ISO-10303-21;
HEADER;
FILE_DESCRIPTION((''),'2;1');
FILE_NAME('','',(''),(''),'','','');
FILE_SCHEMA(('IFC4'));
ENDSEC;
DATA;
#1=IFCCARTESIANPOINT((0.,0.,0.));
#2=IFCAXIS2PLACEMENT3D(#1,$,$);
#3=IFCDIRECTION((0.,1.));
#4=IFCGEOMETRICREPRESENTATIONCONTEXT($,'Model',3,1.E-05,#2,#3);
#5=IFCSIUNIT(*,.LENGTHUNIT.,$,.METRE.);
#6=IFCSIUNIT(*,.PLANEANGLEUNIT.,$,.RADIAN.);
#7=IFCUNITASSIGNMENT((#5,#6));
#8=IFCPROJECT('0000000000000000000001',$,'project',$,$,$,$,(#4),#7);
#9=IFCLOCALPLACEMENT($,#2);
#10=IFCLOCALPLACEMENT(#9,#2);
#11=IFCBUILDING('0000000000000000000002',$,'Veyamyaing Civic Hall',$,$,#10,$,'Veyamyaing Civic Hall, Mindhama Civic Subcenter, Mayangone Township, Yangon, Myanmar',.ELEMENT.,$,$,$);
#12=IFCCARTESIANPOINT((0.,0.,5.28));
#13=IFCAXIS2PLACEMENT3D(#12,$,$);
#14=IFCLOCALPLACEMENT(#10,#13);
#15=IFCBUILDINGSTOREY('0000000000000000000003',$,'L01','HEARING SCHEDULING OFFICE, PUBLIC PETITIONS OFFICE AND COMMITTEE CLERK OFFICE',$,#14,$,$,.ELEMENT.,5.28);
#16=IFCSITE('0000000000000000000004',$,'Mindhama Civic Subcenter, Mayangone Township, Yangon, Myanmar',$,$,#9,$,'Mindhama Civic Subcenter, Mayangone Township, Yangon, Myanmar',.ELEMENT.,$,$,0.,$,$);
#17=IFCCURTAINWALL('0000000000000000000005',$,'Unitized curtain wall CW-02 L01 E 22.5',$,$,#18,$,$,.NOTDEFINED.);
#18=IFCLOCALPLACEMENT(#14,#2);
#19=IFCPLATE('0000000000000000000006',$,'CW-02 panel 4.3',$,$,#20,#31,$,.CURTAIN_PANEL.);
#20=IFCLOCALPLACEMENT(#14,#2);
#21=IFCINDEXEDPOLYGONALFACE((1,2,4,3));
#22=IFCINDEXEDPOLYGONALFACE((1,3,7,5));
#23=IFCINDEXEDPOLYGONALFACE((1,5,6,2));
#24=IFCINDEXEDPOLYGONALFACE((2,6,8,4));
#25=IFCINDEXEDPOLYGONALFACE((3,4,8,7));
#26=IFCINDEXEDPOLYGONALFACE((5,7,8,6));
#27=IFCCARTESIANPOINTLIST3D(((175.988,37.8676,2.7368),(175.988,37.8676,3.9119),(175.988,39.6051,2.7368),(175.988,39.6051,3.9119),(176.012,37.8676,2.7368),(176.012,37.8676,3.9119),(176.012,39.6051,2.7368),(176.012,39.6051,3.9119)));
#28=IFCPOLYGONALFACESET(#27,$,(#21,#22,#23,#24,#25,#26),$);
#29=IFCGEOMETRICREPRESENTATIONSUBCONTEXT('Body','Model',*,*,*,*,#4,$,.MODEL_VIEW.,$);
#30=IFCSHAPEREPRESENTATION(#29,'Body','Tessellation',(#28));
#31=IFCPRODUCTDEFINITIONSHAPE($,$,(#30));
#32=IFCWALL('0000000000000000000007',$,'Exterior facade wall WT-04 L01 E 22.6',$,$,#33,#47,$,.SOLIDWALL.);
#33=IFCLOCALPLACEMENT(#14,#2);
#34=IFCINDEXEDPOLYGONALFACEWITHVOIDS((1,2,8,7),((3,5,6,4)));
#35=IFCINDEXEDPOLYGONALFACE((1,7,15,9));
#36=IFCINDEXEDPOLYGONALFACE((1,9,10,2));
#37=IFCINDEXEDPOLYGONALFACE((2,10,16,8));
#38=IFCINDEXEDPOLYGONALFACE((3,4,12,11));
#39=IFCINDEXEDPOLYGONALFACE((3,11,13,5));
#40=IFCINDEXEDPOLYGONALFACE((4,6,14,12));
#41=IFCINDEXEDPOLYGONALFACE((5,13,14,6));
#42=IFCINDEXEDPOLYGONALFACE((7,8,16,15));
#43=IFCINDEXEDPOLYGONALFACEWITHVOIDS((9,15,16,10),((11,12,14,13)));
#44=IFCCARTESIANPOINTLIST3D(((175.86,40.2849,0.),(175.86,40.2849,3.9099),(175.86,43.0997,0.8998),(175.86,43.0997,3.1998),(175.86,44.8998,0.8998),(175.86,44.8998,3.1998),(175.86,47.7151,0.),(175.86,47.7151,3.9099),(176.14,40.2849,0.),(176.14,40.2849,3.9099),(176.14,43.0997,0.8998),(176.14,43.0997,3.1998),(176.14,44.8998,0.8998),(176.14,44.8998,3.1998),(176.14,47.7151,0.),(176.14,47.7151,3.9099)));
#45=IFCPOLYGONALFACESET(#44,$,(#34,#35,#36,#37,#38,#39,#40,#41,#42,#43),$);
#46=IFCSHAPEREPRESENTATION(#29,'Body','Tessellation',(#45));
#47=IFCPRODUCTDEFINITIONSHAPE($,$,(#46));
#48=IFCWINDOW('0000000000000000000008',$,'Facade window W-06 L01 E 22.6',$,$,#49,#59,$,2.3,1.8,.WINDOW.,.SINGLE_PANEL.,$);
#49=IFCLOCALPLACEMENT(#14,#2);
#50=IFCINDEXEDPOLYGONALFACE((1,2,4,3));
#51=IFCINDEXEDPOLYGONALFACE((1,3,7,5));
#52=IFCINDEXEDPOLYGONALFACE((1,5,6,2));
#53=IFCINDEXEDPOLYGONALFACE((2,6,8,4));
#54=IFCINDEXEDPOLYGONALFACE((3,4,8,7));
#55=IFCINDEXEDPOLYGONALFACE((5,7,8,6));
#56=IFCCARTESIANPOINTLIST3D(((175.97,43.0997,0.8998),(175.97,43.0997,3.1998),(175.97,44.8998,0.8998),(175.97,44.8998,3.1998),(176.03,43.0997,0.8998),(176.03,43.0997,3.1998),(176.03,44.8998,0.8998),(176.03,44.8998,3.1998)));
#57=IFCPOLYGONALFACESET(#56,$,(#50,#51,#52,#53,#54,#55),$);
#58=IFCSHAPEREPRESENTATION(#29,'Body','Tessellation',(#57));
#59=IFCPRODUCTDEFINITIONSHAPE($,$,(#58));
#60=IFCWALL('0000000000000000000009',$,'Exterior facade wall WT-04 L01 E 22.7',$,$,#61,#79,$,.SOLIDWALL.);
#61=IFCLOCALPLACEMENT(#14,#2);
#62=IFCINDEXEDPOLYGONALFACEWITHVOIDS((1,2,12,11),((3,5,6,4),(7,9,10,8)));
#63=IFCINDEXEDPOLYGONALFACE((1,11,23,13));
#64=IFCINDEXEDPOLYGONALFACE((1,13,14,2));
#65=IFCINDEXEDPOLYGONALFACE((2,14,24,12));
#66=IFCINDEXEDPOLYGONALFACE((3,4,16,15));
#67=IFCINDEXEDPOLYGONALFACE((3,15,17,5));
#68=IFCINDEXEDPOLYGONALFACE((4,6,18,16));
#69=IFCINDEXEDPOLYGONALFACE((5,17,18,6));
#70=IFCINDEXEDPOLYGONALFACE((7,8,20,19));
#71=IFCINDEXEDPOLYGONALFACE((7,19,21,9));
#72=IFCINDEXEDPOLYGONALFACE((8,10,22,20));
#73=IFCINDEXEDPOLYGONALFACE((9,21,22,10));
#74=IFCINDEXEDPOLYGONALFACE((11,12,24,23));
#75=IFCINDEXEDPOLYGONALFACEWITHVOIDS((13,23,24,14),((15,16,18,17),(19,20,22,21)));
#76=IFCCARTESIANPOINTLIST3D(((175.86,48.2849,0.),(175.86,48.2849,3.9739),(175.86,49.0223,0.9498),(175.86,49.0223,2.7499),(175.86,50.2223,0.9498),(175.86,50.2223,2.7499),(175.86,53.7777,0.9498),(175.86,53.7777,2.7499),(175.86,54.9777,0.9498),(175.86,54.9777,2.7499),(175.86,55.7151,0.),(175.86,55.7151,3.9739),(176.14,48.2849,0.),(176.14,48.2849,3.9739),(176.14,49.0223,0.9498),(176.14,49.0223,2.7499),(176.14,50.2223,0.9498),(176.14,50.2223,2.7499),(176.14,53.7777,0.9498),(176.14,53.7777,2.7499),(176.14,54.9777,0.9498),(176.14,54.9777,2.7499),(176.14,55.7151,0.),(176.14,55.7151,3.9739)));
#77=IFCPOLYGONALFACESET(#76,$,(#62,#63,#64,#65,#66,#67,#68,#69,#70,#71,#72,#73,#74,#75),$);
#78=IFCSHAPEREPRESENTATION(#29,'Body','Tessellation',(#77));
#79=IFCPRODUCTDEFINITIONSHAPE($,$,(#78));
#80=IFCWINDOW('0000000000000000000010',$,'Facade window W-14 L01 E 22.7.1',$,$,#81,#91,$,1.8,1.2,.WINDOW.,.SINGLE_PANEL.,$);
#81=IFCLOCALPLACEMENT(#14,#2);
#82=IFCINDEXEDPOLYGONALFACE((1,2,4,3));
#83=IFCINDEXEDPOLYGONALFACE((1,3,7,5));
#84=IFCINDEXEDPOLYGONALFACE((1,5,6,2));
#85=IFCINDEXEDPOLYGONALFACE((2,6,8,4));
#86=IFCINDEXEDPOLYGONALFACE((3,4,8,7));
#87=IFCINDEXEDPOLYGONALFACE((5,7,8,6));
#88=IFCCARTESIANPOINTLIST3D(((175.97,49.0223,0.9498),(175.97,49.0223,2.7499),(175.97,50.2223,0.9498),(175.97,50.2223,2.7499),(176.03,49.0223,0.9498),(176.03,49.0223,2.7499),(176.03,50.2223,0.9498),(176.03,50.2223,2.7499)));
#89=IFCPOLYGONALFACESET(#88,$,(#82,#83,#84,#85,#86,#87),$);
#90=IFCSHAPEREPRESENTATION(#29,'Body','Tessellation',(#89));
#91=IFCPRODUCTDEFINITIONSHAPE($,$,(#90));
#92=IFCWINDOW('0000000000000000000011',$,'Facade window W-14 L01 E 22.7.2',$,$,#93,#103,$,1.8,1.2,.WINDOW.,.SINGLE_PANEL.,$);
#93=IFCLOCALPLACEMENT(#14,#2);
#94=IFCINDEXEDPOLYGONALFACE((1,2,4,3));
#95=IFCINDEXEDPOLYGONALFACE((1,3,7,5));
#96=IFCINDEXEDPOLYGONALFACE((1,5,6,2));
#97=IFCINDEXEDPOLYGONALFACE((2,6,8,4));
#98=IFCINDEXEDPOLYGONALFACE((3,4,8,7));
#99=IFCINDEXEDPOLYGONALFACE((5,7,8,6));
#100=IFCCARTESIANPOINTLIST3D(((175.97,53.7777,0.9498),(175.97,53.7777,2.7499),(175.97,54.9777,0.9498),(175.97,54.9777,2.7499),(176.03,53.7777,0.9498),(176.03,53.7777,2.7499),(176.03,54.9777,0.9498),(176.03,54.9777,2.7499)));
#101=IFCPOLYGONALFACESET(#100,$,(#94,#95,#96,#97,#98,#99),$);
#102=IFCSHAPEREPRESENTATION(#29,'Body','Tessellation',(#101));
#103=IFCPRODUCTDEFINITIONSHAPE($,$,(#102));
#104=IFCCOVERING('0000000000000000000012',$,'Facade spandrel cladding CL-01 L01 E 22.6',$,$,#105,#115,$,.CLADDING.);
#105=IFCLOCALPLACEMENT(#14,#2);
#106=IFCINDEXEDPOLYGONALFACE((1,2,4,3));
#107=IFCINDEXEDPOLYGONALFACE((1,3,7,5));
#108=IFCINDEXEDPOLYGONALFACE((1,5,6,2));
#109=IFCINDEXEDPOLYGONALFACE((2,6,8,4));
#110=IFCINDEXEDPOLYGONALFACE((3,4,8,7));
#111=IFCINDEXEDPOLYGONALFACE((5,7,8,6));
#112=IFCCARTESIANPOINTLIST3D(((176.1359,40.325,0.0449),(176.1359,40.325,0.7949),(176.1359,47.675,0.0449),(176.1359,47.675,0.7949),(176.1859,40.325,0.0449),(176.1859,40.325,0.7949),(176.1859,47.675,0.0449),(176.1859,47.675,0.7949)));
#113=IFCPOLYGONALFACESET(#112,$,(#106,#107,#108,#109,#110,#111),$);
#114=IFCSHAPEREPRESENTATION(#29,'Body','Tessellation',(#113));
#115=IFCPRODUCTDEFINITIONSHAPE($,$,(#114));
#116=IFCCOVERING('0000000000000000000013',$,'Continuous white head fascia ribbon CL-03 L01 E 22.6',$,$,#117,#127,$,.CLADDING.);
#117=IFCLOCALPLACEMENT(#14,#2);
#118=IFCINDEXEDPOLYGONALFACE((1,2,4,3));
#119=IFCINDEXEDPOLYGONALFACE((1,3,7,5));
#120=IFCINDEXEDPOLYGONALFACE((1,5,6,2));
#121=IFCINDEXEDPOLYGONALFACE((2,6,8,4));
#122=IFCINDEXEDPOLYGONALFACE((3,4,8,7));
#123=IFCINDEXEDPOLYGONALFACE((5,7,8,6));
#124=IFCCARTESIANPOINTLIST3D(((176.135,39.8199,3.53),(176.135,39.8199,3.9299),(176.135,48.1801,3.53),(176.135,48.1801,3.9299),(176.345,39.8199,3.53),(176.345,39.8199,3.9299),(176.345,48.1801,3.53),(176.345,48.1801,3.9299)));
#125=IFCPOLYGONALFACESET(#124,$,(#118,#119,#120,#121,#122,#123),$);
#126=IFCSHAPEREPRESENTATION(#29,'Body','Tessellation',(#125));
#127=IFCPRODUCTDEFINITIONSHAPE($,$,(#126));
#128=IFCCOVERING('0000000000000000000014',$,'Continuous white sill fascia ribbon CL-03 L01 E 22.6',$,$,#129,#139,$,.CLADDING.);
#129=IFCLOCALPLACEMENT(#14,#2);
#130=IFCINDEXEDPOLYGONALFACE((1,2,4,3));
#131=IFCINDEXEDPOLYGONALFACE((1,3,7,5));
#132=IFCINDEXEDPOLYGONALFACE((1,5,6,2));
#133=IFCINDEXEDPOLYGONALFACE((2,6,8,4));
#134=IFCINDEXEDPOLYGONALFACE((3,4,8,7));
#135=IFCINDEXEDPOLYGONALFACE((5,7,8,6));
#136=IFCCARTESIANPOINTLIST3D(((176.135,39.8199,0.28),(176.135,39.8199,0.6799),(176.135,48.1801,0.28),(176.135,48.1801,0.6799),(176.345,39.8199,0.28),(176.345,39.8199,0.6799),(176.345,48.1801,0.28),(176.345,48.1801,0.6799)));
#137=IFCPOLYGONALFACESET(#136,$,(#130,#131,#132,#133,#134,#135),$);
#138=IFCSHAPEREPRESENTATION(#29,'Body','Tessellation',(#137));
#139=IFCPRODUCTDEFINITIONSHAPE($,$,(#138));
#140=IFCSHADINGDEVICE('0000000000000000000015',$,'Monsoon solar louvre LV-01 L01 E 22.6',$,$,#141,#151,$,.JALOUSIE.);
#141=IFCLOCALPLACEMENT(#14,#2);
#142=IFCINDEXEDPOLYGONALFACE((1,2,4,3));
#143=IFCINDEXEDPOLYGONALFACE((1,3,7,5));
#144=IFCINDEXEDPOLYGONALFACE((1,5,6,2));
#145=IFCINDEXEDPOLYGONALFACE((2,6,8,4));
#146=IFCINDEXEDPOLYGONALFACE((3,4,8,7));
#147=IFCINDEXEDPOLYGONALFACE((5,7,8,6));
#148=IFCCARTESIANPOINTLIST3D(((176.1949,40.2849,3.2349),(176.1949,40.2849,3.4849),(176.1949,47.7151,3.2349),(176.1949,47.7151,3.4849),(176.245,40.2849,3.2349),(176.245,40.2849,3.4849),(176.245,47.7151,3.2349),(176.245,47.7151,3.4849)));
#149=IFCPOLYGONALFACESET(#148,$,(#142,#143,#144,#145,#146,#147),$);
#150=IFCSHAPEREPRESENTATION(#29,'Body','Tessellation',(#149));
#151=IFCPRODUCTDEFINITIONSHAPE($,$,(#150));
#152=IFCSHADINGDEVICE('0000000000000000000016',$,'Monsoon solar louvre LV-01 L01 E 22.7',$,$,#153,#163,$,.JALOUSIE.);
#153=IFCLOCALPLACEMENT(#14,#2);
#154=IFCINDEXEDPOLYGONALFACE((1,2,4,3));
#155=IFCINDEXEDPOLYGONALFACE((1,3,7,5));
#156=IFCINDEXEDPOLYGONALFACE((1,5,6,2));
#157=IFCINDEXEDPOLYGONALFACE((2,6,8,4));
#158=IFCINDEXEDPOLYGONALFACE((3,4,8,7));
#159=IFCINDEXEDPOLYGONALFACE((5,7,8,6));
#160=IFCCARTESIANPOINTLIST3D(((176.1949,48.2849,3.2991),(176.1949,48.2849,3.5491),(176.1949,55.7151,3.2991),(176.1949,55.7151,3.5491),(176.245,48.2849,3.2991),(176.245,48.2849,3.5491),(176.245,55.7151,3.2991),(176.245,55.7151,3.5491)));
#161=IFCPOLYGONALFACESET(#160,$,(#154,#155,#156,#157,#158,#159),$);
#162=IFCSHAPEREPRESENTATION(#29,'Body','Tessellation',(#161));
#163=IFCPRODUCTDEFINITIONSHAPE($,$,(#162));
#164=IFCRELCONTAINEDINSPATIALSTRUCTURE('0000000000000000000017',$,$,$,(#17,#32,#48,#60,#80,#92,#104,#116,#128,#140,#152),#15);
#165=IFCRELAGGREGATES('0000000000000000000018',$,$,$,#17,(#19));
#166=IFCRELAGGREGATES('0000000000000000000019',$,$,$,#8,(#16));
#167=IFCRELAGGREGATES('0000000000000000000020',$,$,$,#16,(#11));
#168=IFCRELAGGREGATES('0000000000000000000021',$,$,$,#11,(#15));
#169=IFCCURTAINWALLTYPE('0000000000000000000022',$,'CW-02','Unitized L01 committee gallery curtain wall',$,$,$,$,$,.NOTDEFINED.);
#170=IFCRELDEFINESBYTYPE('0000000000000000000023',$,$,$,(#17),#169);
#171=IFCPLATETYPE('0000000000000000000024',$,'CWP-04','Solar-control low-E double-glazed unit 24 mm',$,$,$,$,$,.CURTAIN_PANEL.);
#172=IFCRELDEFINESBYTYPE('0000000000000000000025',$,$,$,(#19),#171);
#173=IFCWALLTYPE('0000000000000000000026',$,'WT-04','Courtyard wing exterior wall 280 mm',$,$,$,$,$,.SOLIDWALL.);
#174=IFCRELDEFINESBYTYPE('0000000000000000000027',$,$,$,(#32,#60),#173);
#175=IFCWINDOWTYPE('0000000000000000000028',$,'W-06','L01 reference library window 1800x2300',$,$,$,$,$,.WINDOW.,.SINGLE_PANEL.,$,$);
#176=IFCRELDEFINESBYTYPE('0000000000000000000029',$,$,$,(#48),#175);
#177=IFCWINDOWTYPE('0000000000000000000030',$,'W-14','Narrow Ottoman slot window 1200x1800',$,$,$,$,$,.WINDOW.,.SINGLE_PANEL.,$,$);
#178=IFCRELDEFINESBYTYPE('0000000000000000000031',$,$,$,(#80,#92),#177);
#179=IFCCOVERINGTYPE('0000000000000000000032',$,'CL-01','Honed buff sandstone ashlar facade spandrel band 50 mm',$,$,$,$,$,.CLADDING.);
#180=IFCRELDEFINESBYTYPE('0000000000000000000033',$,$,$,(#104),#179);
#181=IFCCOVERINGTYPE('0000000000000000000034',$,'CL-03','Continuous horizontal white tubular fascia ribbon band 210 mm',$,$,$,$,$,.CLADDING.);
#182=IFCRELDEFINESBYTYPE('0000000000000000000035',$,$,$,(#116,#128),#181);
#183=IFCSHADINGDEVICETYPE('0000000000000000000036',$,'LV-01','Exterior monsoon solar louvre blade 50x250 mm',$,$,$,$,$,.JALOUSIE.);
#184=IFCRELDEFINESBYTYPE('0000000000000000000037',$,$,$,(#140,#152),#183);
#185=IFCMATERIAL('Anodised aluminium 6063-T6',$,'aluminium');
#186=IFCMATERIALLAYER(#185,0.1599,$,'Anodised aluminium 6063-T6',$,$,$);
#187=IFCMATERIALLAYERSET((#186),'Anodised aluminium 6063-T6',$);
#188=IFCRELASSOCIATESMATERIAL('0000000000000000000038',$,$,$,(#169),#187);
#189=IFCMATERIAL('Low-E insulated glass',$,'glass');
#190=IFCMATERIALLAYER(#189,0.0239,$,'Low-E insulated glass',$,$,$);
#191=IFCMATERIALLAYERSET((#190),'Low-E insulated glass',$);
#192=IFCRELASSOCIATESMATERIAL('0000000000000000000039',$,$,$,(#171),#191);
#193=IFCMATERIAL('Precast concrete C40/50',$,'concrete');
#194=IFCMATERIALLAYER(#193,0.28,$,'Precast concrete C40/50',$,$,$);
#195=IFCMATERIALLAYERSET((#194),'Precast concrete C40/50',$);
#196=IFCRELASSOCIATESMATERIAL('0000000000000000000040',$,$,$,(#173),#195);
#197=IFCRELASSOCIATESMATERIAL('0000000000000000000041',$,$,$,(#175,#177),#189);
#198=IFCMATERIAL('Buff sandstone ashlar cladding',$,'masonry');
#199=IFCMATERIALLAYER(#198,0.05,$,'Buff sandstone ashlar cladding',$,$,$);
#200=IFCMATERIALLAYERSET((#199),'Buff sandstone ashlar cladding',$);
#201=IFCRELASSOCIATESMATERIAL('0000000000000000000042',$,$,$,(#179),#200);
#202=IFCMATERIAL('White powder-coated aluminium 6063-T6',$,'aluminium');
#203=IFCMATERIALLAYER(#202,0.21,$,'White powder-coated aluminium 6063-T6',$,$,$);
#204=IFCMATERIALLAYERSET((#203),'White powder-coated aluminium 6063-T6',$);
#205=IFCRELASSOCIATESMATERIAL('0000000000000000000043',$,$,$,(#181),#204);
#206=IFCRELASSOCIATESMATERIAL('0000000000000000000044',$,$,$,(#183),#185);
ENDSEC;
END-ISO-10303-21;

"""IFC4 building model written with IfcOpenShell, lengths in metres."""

from ifc_helpers import new_model, si_unit, direction, frame, frame_2d, origin, origin_2d, place, context, subcontext, project, spatial, rectangle, extrude, material, layer, layer_set, material_profile, profile_set, type_object, element, fill, aggregate, save


model = new_model("IFC4")

# Units and contexts
model_context = context("Model", 3, precision=1e-05, world=origin(), true_north=direction((0.0, 1.0)))
body_context = subcontext(model_context, "Body", "Model", "MODEL_VIEW")
ifc_project = project(units=[si_unit("LENGTHUNIT", "METRE"), si_unit("PLANEANGLEUNIT", "RADIAN")], contexts=[model_context])

# Site, building, storey
site_placement = place(None, origin())
site = spatial("IfcSite", under=ifc_project, at=site_placement, Name="Mindhama Civic Subcenter, Mayangone Township, Yangon, Myanmar", LongName="Mindhama Civic Subcenter, Mayangone Township, Yangon, Myanmar", CompositionType="ELEMENT", RefElevation=0.0)
building_placement = place(site_placement, origin())
building = spatial("IfcBuilding", under=site, at=building_placement, Name="Veyamyaing Civic Hall", LongName="Veyamyaing Civic Hall, Mindhama Civic Subcenter, Mayangone Township, Yangon, Myanmar", CompositionType="ELEMENT")
storey_placement = place(building_placement, frame((0.0, 0.0, 5.28)))
storey = spatial("IfcBuildingStorey", under=building, at=storey_placement, Name="L01", Description="HEARING SCHEDULING OFFICE, PUBLIC PETITIONS OFFICE AND COMMITTEE CLERK OFFICE", CompositionType="ELEMENT", Elevation=5.28)

# Curtain wall, plate
ifc_material_1 = material(Name="Anodised aluminium 6063-T6", Category="aluminium")
ifc_layer_1 = layer(ifc_material_1, 0.1599, Name="Anodised aluminium 6063-T6")
ifc_layer_set_1 = layer_set([ifc_layer_1], Name="Anodised aluminium 6063-T6")
curtain_wall_type = type_object("IfcCurtainWallType", Name="CW-02", Description="Unitized L01 committee gallery curtain wall", PredefinedType="NOTDEFINED", material=ifc_layer_set_1)
curtain_wall_placement = place(storey_placement, origin())
curtain_wall = element("IfcCurtainWall", 1, at=curtain_wall_placement, inside=storey, type_object=curtain_wall_type, Name="Unitized curtain wall CW-02 L01 E 22.5", PredefinedType="NOTDEFINED")
ifc_material_2 = material(Name="Low-E insulated glass", Category="glass")
ifc_layer_2 = layer(ifc_material_2, 0.0239, Name="Low-E insulated glass")
ifc_layer_set_2 = layer_set([ifc_layer_2], Name="Low-E insulated glass")
plate_type = type_object("IfcPlateType", Name="CWP-04", Description="Solar-control low-E double-glazed unit 24 mm", PredefinedType="CURTAIN_PANEL", material=ifc_layer_set_2)
plate_1_placement = place(storey_placement, frame((176.0, 38.7363, 2.7368), z_axis=(0.0, 0.0, 1.0), x_axis=(0.0, 1.0, 0.0)))
plate_1 = element("IfcPlate", 2, at=plate_1_placement, type_object=plate_type, Name="CW-02 panel 4.3", PredefinedType="CURTAIN_PANEL", context=body_context, shape_type="SweptSolid", body=[
    extrude(rectangle(XDim=1.7375, YDim=0.0239, at=origin_2d()), origin(), (0.0, 0.0, 1.0), 1.175),
])
aggregate(curtain_wall, [plate_1])

# Wall, opening, window
ifc_material_3 = material(Name="Precast concrete C40/50", Category="concrete")
ifc_layer_3 = layer(ifc_material_3, 0.28, Name="Precast concrete C40/50")
ifc_layer_set_3 = layer_set([ifc_layer_3], Name="Precast concrete C40/50")
wall_type = type_object("IfcWallType", Name="WT-04", Description="Courtyard wing exterior wall 280 mm", PredefinedType="SOLIDWALL", material=ifc_layer_set_3)
wall_1_placement = place(storey_placement, frame((176.0, 40.2849, 0.0), z_axis=(0.0, 0.0, 1.0), x_axis=(0.0, 1.0, 0.0)))
wall_1 = element("IfcWall", 3, at=wall_1_placement, inside=storey, type_object=wall_type, Name="Exterior facade wall WT-04 L01 E 22.6", PredefinedType="SOLIDWALL", context=body_context, shape_type="SweptSolid", body=[
    extrude(rectangle(XDim=7.4302, YDim=0.28, at=frame_2d((3.7151, 0.0))), origin(), (0.0, 0.0, 1.0), 3.9099),
])
opening_1_placement = place(wall_1_placement, frame((2.8149, 0.0, 0.8999)))
opening_1 = element("IfcOpeningElement", 4, at=opening_1_placement, cuts=wall_1, PredefinedType="OPENING", context=body_context, shape_type="SweptSolid", body=[
    extrude(rectangle(XDim=1.8, YDim=2.3, at=frame_2d((0.8999, 1.1499))), frame((0.0, 0.1499, 0.0), z_axis=(0.0, -1.0, 0.0), x_axis=(1.0, 0.0, 0.0)), (0.0, 0.0, 1.0), 0.3),
])
window_type_1 = type_object("IfcWindowType", Name="W-06", Description="L01 reference library window 1800x2300", PartitioningType="SINGLE_PANEL", PredefinedType="WINDOW", material=ifc_material_2)
window_1_placement = place(opening_1_placement, origin())
window_1 = element("IfcWindow", 5, at=window_1_placement, inside=storey, type_object=window_type_1, Name="Facade window W-06 L01 E 22.6", OverallHeight=2.3, OverallWidth=1.8, PartitioningType="SINGLE_PANEL", PredefinedType="WINDOW", context=body_context, shape_type="SweptSolid", body=[
    extrude(rectangle(XDim=1.8, YDim=2.3, at=frame_2d((0.8999, 1.1499))), frame((0.0, 0.03, 0.0), z_axis=(0.0, -1.0, 0.0), x_axis=(1.0, 0.0, 0.0)), (0.0, 0.0, 1.0), 0.0601),
])
fill(opening_1, window_1)

# Wall, openings, windows
wall_2_placement = place(storey_placement, frame((176.0, 48.2849, 0.0), z_axis=(0.0, 0.0, 1.0), x_axis=(0.0, 1.0, 0.0)))
wall_2 = element("IfcWall", 6, at=wall_2_placement, inside=storey, type_object=wall_type, Name="Exterior facade wall WT-04 L01 E 22.7", PredefinedType="SOLIDWALL", context=body_context, shape_type="SweptSolid", body=[
    extrude(rectangle(XDim=7.4302, YDim=0.28, at=frame_2d((3.7151, 0.0))), origin(), (0.0, 0.0, 1.0), 3.9739),
])
opening_2_placement = place(wall_2_placement, frame((0.7373, 0.0, 0.95)))
opening_2 = element("IfcOpeningElement", 7, at=opening_2_placement, cuts=wall_2, PredefinedType="OPENING", context=body_context, shape_type="SweptSolid", body=[
    extrude(rectangle(XDim=1.2, YDim=1.8, at=frame_2d((0.6001, 0.8999))), frame((0.0, 0.1499, 0.0), z_axis=(0.0, -1.0, 0.0), x_axis=(1.0, 0.0, 0.0)), (0.0, 0.0, 1.0), 0.3),
])
opening_3_placement = place(wall_2_placement, frame((5.4927, 0.0, 0.95)))
opening_3 = element("IfcOpeningElement", 8, at=opening_3_placement, cuts=wall_2, PredefinedType="OPENING", context=body_context, shape_type="SweptSolid", body=[
    extrude(rectangle(XDim=1.2, YDim=1.8, at=frame_2d((0.6001, 0.8999))), frame((0.0, 0.1499, 0.0), z_axis=(0.0, -1.0, 0.0), x_axis=(1.0, 0.0, 0.0)), (0.0, 0.0, 1.0), 0.3),
])
window_type_2 = type_object("IfcWindowType", Name="W-14", Description="Narrow Ottoman slot window 1200x1800", PartitioningType="SINGLE_PANEL", PredefinedType="WINDOW", material=ifc_material_2)
window_2_placement = place(opening_2_placement, origin())
window_2 = element("IfcWindow", 9, at=window_2_placement, inside=storey, type_object=window_type_2, Name="Facade window W-14 L01 E 22.7.1", OverallHeight=1.8, OverallWidth=1.2, PartitioningType="SINGLE_PANEL", PredefinedType="WINDOW", context=body_context, shape_type="SweptSolid", body=[
    extrude(rectangle(XDim=1.2, YDim=1.8, at=frame_2d((0.6001, 0.8999))), frame((0.0, 0.03, 0.0), z_axis=(0.0, -1.0, 0.0), x_axis=(1.0, 0.0, 0.0)), (0.0, 0.0, 1.0), 0.0601),
])
fill(opening_2, window_2)
window_3_placement = place(opening_3_placement, origin())
window_3 = element("IfcWindow", 10, at=window_3_placement, inside=storey, type_object=window_type_2, Name="Facade window W-14 L01 E 22.7.2", OverallHeight=1.8, OverallWidth=1.2, PartitioningType="SINGLE_PANEL", PredefinedType="WINDOW", context=body_context, shape_type="SweptSolid", body=[
    extrude(rectangle(XDim=1.2, YDim=1.8, at=frame_2d((0.6001, 0.8999))), frame((0.0, 0.03, 0.0), z_axis=(0.0, -1.0, 0.0), x_axis=(1.0, 0.0, 0.0)), (0.0, 0.0, 1.0), 0.0601),
])
fill(opening_3, window_3)

# Coverings
ifc_material_4 = material(Name="Buff sandstone ashlar cladding", Category="masonry")
ifc_layer_4 = layer(ifc_material_4, 0.05, Name="Buff sandstone ashlar cladding")
ifc_layer_set_4 = layer_set([ifc_layer_4], Name="Buff sandstone ashlar cladding")
covering_type_1 = type_object("IfcCoveringType", Name="CL-01", Description="Honed buff sandstone ashlar facade spandrel band 50 mm", PredefinedType="CLADDING", material=ifc_layer_set_4)
covering_placement = place(storey_placement, frame((176.1609, 44.0, 0.0449), z_axis=(0.0, 0.0, 1.0), x_axis=(0.0, 1.0, 0.0)))
element("IfcCovering", 11, at=covering_placement, inside=storey, type_object=covering_type_1, Name="Facade spandrel cladding CL-01 L01 E 22.6", PredefinedType="CLADDING", context=body_context, shape_type="SweptSolid", body=[
    extrude(rectangle(XDim=7.3501, YDim=0.05, at=origin_2d()), origin(), (0.0, 0.0, 1.0), 0.75),
])
ifc_material_5 = material(Name="White powder-coated aluminium 6063-T6", Category="aluminium")
ifc_layer_5 = layer(ifc_material_5, 0.21, Name="White powder-coated aluminium 6063-T6")
ifc_layer_set_5 = layer_set([ifc_layer_5], Name="White powder-coated aluminium 6063-T6")
covering_type_2 = type_object("IfcCoveringType", Name="CL-03", Description="Continuous horizontal white tubular fascia ribbon band 210 mm", PredefinedType="CLADDING", material=ifc_layer_set_5)
for number, where, z_axis, x_axis, name in (
    (12, (176.24, 44.0, 3.53), (0.0, 0.0, 1.0), (0.0, 1.0, 0.0), "Continuous white head fascia ribbon CL-03 L01 E 22.6"),
    (13, (176.24, 44.0, 0.28), (0.0, 0.0, 1.0), (0.0, 1.0, 0.0), "Continuous white sill fascia ribbon CL-03 L01 E 22.6"),
):
    element("IfcCovering", number, at=place(storey_placement, frame(where, z_axis=z_axis, x_axis=x_axis)), inside=storey, type_object=covering_type_2, Name=name, PredefinedType="CLADDING", context=body_context, shape_type="SweptSolid", body=[
        extrude(rectangle(XDim=8.3601, YDim=0.21, at=origin_2d()), origin(), (0.0, 0.0, 1.0), 0.3999),
    ])

# Shading devices
ifc_material_profile_1 = material_profile(ifc_material_1, rectangle(XDim=0.05, YDim=0.25, at=origin_2d()), Name="LOUVRE-BLADE-50X250")
ifc_profile_set_1 = profile_set([ifc_material_profile_1], Name="Anodised aluminium 6063-T6")
shading_device_type_1 = type_object("IfcShadingDeviceType", Name="LV-01", Description="Exterior monsoon solar louvre blade 50x250 mm", PredefinedType="JALOUSIE", material=ifc_profile_set_1)
for number, where, z_axis, x_axis, name in (
    (14, (176.22, 40.2849, 3.3599), (0.0, 1.0, 0.0), (-1.0, 0.0, 0.0), "Monsoon solar louvre LV-01 L01 E 22.6"),
    (15, (176.22, 48.2849, 3.4241), (0.0, 1.0, 0.0), (-1.0, 0.0, 0.0), "Monsoon solar louvre LV-01 L01 E 22.7"),
):
    element("IfcShadingDevice", number, at=place(storey_placement, frame(where, z_axis=z_axis, x_axis=x_axis)), inside=storey, type_object=shading_device_type_1, Name=name, PredefinedType="JALOUSIE", context=body_context, shape_type="SweptSolid", body=[
        extrude(rectangle(XDim=0.05, YDim=0.25, at=origin_2d()), origin(), (0.0, 0.0, 1.0), 7.4302),
    ])

save(model, "model.ifc")
